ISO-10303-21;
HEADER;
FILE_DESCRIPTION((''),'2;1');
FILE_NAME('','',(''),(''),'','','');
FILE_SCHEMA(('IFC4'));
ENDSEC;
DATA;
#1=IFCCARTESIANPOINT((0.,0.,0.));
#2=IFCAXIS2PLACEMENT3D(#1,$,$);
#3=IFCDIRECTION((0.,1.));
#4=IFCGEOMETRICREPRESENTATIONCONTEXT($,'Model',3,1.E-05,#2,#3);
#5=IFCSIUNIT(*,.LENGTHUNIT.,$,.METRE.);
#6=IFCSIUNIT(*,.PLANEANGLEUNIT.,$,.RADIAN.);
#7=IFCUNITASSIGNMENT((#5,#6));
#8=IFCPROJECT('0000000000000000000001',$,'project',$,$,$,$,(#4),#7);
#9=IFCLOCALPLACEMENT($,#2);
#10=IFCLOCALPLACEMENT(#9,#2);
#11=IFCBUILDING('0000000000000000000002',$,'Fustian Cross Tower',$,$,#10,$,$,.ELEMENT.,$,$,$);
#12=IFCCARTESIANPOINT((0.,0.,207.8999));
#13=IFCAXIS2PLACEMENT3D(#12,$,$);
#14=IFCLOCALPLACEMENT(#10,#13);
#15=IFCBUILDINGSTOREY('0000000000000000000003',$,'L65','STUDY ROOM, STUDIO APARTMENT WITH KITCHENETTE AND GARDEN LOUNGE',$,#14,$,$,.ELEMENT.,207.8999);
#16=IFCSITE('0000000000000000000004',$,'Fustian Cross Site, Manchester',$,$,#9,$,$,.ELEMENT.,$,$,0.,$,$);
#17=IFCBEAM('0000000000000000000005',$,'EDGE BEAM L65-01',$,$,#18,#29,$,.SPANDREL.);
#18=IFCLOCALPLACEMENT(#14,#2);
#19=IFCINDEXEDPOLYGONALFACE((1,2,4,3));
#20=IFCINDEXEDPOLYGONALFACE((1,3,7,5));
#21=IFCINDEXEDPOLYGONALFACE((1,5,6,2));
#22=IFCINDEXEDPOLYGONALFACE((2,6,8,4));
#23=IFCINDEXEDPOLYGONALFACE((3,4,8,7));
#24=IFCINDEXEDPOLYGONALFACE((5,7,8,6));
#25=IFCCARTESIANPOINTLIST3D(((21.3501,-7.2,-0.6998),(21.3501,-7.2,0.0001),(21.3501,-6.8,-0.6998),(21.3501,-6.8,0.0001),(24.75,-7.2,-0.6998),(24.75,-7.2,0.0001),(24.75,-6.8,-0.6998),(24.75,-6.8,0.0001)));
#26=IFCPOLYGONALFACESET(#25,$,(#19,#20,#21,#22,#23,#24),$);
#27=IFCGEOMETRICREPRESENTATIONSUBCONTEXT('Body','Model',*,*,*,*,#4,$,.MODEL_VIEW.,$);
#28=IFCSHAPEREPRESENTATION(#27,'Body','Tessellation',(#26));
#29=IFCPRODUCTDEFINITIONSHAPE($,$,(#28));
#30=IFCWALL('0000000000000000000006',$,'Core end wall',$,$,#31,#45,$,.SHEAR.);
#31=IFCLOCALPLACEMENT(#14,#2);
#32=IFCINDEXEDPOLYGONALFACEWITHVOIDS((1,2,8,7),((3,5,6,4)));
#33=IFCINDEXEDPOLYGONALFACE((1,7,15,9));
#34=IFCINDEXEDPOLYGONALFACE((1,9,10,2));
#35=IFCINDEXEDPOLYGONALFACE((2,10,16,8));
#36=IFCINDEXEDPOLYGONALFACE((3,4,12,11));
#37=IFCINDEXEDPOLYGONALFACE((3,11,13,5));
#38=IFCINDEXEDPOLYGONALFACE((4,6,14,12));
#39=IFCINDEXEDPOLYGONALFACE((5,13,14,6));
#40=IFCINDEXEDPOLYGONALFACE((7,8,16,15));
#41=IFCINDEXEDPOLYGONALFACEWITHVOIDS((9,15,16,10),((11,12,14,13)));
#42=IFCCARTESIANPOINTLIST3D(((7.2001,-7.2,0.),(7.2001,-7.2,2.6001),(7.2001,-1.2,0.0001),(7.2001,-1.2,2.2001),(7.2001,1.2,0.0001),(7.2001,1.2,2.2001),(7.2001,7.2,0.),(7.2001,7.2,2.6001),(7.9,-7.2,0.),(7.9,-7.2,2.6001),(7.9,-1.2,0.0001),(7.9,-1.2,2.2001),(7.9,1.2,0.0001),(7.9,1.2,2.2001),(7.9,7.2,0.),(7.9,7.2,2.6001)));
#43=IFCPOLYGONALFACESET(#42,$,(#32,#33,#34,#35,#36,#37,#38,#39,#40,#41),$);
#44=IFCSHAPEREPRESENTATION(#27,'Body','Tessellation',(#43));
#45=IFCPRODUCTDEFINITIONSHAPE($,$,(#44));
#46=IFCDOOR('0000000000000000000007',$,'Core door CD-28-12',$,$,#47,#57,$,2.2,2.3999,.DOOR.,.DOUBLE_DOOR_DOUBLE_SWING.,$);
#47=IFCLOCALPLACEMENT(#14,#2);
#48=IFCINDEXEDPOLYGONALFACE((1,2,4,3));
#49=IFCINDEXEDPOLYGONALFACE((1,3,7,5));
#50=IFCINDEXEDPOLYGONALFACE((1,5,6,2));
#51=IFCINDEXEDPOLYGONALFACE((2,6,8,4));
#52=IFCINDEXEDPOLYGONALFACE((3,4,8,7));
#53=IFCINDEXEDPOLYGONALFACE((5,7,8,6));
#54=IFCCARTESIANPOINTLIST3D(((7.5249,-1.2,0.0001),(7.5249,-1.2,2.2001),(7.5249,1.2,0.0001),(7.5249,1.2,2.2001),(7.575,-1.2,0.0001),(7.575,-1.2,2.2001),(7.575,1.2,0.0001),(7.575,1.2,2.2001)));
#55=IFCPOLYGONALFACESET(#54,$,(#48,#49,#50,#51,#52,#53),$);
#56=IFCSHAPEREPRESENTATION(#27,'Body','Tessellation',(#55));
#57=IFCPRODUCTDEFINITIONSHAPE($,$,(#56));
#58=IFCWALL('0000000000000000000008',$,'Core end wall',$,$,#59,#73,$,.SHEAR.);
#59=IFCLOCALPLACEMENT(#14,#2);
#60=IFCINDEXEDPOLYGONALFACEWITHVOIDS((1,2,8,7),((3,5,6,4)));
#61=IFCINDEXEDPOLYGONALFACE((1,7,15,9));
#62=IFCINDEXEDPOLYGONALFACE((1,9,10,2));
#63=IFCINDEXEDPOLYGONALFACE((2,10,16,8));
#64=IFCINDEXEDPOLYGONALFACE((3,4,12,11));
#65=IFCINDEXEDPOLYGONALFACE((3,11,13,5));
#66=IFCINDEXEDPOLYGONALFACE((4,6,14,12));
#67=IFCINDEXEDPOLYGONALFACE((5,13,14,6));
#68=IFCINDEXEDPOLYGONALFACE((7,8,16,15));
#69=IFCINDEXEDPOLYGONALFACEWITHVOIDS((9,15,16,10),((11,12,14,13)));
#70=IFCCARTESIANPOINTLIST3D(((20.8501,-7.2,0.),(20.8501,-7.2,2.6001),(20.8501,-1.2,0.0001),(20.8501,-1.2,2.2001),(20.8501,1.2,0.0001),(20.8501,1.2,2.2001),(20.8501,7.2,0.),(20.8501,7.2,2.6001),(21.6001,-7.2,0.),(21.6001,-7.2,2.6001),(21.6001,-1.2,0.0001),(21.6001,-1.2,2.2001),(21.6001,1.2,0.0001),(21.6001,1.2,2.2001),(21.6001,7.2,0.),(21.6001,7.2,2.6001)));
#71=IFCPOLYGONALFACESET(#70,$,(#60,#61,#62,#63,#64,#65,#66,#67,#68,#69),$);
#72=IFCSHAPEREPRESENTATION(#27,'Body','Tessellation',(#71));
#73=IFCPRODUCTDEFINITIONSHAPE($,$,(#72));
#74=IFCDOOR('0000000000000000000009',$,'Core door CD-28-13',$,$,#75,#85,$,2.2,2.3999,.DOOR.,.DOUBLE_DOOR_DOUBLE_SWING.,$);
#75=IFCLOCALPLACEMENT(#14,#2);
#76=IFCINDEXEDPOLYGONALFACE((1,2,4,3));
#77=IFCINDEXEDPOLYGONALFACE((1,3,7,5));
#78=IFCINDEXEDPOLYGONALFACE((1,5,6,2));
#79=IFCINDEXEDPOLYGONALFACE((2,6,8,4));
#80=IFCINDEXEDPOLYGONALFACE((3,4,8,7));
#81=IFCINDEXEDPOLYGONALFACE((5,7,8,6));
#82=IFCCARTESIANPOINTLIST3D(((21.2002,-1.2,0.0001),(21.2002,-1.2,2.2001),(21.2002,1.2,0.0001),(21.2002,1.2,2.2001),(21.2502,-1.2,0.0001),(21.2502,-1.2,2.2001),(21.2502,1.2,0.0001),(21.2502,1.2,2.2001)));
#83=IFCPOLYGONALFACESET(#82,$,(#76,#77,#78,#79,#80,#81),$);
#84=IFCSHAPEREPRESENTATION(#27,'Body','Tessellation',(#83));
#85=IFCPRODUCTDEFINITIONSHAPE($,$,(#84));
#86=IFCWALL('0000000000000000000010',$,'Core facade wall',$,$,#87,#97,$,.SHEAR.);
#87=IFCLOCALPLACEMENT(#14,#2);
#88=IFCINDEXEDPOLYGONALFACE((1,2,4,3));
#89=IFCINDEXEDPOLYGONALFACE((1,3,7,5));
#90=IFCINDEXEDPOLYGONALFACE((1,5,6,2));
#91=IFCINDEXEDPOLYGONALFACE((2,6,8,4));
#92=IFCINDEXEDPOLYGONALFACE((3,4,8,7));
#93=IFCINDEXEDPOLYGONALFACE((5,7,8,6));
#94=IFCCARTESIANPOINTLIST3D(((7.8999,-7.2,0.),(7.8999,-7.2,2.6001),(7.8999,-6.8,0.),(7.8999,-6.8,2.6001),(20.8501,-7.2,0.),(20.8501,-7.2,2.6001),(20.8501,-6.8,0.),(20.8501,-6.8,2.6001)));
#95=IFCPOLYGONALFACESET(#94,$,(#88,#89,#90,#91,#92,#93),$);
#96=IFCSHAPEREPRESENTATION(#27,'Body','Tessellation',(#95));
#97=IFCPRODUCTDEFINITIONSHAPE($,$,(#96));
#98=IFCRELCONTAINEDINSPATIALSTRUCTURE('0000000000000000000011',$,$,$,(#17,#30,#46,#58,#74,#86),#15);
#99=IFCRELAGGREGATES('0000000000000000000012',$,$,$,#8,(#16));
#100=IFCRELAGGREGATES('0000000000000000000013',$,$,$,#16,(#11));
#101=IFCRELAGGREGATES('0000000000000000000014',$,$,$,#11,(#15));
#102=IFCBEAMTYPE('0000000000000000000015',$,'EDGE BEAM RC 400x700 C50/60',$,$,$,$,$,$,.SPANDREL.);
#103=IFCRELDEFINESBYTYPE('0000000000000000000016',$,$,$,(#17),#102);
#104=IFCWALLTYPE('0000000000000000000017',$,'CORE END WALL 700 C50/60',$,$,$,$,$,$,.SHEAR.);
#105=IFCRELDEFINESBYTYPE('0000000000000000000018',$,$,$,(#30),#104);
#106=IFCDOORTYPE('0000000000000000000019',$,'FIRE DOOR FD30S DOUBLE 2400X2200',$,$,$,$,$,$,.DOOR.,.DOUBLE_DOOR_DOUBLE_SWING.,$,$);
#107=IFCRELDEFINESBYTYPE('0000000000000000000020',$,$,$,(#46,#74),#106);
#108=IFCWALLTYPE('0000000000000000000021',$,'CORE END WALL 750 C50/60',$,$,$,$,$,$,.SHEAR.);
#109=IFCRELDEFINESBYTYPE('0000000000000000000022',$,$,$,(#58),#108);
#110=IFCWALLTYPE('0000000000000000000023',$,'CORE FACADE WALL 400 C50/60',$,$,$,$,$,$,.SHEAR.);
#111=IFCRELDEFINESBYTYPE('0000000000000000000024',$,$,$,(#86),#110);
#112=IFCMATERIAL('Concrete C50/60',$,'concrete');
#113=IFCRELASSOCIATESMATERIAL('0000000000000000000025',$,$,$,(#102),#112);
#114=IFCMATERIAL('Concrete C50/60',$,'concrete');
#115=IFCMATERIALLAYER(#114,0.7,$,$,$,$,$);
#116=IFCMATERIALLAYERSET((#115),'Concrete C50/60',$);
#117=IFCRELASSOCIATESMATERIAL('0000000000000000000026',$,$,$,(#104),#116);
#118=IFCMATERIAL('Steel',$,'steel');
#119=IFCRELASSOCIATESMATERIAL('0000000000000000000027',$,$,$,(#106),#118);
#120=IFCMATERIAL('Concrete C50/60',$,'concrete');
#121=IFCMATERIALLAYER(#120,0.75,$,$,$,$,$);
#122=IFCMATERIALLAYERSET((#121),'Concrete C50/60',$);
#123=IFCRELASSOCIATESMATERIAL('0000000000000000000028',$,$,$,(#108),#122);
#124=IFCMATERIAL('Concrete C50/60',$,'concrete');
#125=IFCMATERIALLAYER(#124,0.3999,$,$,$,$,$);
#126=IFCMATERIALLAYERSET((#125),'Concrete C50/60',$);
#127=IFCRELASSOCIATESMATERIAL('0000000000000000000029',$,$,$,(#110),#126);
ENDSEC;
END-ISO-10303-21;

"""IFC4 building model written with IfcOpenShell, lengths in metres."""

from ifc_helpers import new_model, si_unit, direction, frame, frame_2d, origin, origin_2d, place, context, subcontext, project, spatial, rectangle, extrude, material, layer, layer_set, material_profile, profile_set, type_object, element, fill, save


model = new_model("IFC4")

# Units and contexts
model_context = context("Model", 3, precision=1e-05, world=origin(), true_north=direction((0.0, 1.0)))
body_context = subcontext(model_context, "Body", "Model", "MODEL_VIEW")
ifc_project = project(units=[si_unit("LENGTHUNIT", "METRE"), si_unit("PLANEANGLEUNIT", "RADIAN")], contexts=[model_context])

# Site, building, storey
site_placement = place(None, origin())
site = spatial("IfcSite", under=ifc_project, at=site_placement, Name="Fustian Cross Site, Manchester", CompositionType="ELEMENT", RefElevation=0.0)
building_placement = place(site_placement, origin())
building = spatial("IfcBuilding", under=site, at=building_placement, Name="Fustian Cross Tower", CompositionType="ELEMENT")
storey_placement = place(building_placement, frame((0.0, 0.0, 207.8999)))
storey = spatial("IfcBuildingStorey", under=building, at=storey_placement, Name="L65", Description="STUDY ROOM, STUDIO APARTMENT WITH KITCHENETTE AND GARDEN LOUNGE", CompositionType="ELEMENT", Elevation=207.8999)

# Beam
ifc_material_1 = material(Name="Concrete C50/60", Category="concrete")
ifc_material_profile = material_profile(ifc_material_1, rectangle(XDim=0.3999, YDim=0.7, at=origin_2d()), Name="RC 400x700")
ifc_profile_set = profile_set([ifc_material_profile], Name="Concrete C50/60")
beam_type = type_object("IfcBeamType", Name="EDGE BEAM RC 400x700 C50/60", PredefinedType="SPANDREL", material=ifc_profile_set)
beam_placement = place(storey_placement, frame((21.3501, -7.0, -0.3499), z_axis=(1.0, 0.0, 0.0), x_axis=(0.0, 1.0, 0.0)))
element("IfcBeam", 1, at=beam_placement, inside=storey, type_object=beam_type, Name="EDGE BEAM L65-01", PredefinedType="SPANDREL", context=body_context, shape_type="SweptSolid", body=[
    extrude(rectangle(XDim=0.3999, YDim=0.7, at=origin_2d()), origin(), (0.0, 0.0, 1.0), 3.3999),
])

# Walls, openings, doors
ifc_material_2 = material(Name="Concrete C50/60", Category="concrete")
ifc_layer_1 = layer(ifc_material_2, 0.7)
ifc_layer_set_1 = layer_set([ifc_layer_1], Name="Concrete C50/60")
wall_type_1 = type_object("IfcWallType", Name="CORE END WALL 700 C50/60", PredefinedType="SHEAR", material=ifc_layer_set_1)
wall_1_placement = place(storey_placement, frame((7.55, -7.2, 0.0), z_axis=(0.0, 0.0, 1.0), x_axis=(0.0, 1.0, 0.0)))
wall_1 = element("IfcWall", 2, at=wall_1_placement, inside=storey, type_object=wall_type_1, Name="Core end wall", PredefinedType="SHEAR", context=body_context, shape_type="SweptSolid", body=[
    extrude(rectangle(XDim=14.3999, YDim=0.7, at=frame_2d((7.2, 0.0))), origin(), (0.0, 0.0, 1.0), 2.6001),
])
opening_1_placement = place(wall_1_placement, frame((6.0, 0.0, 0.0)))
opening_1 = element("IfcOpeningElement", 3, at=opening_1_placement, cuts=wall_1, PredefinedType="OPENING", context=body_context, shape_type="SweptSolid", body=[
    extrude(rectangle(XDim=2.3999, YDim=2.2, at=frame_2d((1.2, 1.1001))), frame((0.0, 0.3599, 0.0), z_axis=(0.0, -1.0, 0.0), x_axis=(1.0, 0.0, 0.0)), (0.0, 0.0, 1.0), 0.72),
])
ifc_material_3 = material(Name="Steel", Category="steel")
door_type_1 = type_object("IfcDoorType", Name="FIRE DOOR FD30S DOUBLE 2400X2200", OperationType="DOUBLE_DOOR_DOUBLE_SWING", PredefinedType="DOOR", material=ifc_material_3)
door_1_placement = place(opening_1_placement, frame((2.3999, 0.0, 0.0), z_axis=(0.0, 0.0, 1.0), x_axis=(-1.0, 0.0, 0.0)))
door_1 = element("IfcDoor", 4, at=door_1_placement, inside=storey, type_object=door_type_1, Name="Core door CD-28-12", OperationType="DOUBLE_DOOR_DOUBLE_SWING", OverallHeight=2.2, OverallWidth=2.3999, PredefinedType="DOOR", context=body_context, shape_type="SweptSolid", body=[
    extrude(rectangle(XDim=2.3999, YDim=2.2, at=frame_2d((1.2, 1.1001))), frame((0.0, 0.0249, 0.0), z_axis=(0.0, -1.0, 0.0), x_axis=(1.0, 0.0, 0.0)), (0.0, 0.0, 1.0), 0.05),
])
fill(opening_1, door_1)
ifc_material_4 = material(Name="Concrete C50/60", Category="concrete")
ifc_layer_2 = layer(ifc_material_4, 0.75)
ifc_layer_set_2 = layer_set([ifc_layer_2], Name="Concrete C50/60")
wall_type_2 = type_object("IfcWallType", Name="CORE END WALL 750 C50/60", PredefinedType="SHEAR", material=ifc_layer_set_2)
wall_2_placement = place(storey_placement, frame((21.2251, -7.2, 0.0), z_axis=(0.0, 0.0, 1.0), x_axis=(0.0, 1.0, 0.0)))
wall_2 = element("IfcWall", 5, at=wall_2_placement, inside=storey, type_object=wall_type_2, Name="Core end wall", PredefinedType="SHEAR", context=body_context, shape_type="SweptSolid", body=[
    extrude(rectangle(XDim=14.3999, YDim=0.75, at=frame_2d((7.2, 0.0))), origin(), (0.0, 0.0, 1.0), 2.6001),
])
opening_2_placement = place(wall_2_placement, frame((6.0, 0.0, 0.0)))
opening_2 = element("IfcOpeningElement", 6, at=opening_2_placement, cuts=wall_2, PredefinedType="OPENING", context=body_context, shape_type="SweptSolid", body=[
    extrude(rectangle(XDim=2.3999, YDim=2.2, at=frame_2d((1.2, 1.1001))), frame((0.0, 0.385, 0.0), z_axis=(0.0, -1.0, 0.0), x_axis=(1.0, 0.0, 0.0)), (0.0, 0.0, 1.0), 0.77),
])
door_2_placement = place(opening_2_placement, origin())
door_2 = element("IfcDoor", 7, at=door_2_placement, inside=storey, type_object=door_type_1, Name="Core door CD-28-13", OperationType="DOUBLE_DOOR_DOUBLE_SWING", OverallHeight=2.2, OverallWidth=2.3999, PredefinedType="DOOR", context=body_context, shape_type="SweptSolid", body=[
    extrude(rectangle(XDim=2.3999, YDim=2.2, at=frame_2d((1.2, 1.1001))), frame((0.0, 0.0249, 0.0), z_axis=(0.0, -1.0, 0.0), x_axis=(1.0, 0.0, 0.0)), (0.0, 0.0, 1.0), 0.05),
])
fill(opening_2, door_2)

# Wall
ifc_material_5 = material(Name="Concrete C50/60", Category="concrete")
ifc_layer_3 = layer(ifc_material_5, 0.3999)
ifc_layer_set_3 = layer_set([ifc_layer_3], Name="Concrete C50/60")
wall_type_3 = type_object("IfcWallType", Name="CORE FACADE WALL 400 C50/60", PredefinedType="SHEAR", material=ifc_layer_set_3)
wall_3_placement = place(storey_placement, frame((7.8999, -7.0, 0.0), z_axis=(0.0, 0.0, 1.0), x_axis=(1.0, 0.0, 0.0)))
element("IfcWall", 8, at=wall_3_placement, inside=storey, type_object=wall_type_3, Name="Core facade wall", PredefinedType="SHEAR", context=body_context, shape_type="SweptSolid", body=[
    extrude(rectangle(XDim=12.9502, YDim=0.3999, at=frame_2d((6.4751, 0.0))), origin(), (0.0, 0.0, 1.0), 2.6001),
])

save(model, "model.ifc")
